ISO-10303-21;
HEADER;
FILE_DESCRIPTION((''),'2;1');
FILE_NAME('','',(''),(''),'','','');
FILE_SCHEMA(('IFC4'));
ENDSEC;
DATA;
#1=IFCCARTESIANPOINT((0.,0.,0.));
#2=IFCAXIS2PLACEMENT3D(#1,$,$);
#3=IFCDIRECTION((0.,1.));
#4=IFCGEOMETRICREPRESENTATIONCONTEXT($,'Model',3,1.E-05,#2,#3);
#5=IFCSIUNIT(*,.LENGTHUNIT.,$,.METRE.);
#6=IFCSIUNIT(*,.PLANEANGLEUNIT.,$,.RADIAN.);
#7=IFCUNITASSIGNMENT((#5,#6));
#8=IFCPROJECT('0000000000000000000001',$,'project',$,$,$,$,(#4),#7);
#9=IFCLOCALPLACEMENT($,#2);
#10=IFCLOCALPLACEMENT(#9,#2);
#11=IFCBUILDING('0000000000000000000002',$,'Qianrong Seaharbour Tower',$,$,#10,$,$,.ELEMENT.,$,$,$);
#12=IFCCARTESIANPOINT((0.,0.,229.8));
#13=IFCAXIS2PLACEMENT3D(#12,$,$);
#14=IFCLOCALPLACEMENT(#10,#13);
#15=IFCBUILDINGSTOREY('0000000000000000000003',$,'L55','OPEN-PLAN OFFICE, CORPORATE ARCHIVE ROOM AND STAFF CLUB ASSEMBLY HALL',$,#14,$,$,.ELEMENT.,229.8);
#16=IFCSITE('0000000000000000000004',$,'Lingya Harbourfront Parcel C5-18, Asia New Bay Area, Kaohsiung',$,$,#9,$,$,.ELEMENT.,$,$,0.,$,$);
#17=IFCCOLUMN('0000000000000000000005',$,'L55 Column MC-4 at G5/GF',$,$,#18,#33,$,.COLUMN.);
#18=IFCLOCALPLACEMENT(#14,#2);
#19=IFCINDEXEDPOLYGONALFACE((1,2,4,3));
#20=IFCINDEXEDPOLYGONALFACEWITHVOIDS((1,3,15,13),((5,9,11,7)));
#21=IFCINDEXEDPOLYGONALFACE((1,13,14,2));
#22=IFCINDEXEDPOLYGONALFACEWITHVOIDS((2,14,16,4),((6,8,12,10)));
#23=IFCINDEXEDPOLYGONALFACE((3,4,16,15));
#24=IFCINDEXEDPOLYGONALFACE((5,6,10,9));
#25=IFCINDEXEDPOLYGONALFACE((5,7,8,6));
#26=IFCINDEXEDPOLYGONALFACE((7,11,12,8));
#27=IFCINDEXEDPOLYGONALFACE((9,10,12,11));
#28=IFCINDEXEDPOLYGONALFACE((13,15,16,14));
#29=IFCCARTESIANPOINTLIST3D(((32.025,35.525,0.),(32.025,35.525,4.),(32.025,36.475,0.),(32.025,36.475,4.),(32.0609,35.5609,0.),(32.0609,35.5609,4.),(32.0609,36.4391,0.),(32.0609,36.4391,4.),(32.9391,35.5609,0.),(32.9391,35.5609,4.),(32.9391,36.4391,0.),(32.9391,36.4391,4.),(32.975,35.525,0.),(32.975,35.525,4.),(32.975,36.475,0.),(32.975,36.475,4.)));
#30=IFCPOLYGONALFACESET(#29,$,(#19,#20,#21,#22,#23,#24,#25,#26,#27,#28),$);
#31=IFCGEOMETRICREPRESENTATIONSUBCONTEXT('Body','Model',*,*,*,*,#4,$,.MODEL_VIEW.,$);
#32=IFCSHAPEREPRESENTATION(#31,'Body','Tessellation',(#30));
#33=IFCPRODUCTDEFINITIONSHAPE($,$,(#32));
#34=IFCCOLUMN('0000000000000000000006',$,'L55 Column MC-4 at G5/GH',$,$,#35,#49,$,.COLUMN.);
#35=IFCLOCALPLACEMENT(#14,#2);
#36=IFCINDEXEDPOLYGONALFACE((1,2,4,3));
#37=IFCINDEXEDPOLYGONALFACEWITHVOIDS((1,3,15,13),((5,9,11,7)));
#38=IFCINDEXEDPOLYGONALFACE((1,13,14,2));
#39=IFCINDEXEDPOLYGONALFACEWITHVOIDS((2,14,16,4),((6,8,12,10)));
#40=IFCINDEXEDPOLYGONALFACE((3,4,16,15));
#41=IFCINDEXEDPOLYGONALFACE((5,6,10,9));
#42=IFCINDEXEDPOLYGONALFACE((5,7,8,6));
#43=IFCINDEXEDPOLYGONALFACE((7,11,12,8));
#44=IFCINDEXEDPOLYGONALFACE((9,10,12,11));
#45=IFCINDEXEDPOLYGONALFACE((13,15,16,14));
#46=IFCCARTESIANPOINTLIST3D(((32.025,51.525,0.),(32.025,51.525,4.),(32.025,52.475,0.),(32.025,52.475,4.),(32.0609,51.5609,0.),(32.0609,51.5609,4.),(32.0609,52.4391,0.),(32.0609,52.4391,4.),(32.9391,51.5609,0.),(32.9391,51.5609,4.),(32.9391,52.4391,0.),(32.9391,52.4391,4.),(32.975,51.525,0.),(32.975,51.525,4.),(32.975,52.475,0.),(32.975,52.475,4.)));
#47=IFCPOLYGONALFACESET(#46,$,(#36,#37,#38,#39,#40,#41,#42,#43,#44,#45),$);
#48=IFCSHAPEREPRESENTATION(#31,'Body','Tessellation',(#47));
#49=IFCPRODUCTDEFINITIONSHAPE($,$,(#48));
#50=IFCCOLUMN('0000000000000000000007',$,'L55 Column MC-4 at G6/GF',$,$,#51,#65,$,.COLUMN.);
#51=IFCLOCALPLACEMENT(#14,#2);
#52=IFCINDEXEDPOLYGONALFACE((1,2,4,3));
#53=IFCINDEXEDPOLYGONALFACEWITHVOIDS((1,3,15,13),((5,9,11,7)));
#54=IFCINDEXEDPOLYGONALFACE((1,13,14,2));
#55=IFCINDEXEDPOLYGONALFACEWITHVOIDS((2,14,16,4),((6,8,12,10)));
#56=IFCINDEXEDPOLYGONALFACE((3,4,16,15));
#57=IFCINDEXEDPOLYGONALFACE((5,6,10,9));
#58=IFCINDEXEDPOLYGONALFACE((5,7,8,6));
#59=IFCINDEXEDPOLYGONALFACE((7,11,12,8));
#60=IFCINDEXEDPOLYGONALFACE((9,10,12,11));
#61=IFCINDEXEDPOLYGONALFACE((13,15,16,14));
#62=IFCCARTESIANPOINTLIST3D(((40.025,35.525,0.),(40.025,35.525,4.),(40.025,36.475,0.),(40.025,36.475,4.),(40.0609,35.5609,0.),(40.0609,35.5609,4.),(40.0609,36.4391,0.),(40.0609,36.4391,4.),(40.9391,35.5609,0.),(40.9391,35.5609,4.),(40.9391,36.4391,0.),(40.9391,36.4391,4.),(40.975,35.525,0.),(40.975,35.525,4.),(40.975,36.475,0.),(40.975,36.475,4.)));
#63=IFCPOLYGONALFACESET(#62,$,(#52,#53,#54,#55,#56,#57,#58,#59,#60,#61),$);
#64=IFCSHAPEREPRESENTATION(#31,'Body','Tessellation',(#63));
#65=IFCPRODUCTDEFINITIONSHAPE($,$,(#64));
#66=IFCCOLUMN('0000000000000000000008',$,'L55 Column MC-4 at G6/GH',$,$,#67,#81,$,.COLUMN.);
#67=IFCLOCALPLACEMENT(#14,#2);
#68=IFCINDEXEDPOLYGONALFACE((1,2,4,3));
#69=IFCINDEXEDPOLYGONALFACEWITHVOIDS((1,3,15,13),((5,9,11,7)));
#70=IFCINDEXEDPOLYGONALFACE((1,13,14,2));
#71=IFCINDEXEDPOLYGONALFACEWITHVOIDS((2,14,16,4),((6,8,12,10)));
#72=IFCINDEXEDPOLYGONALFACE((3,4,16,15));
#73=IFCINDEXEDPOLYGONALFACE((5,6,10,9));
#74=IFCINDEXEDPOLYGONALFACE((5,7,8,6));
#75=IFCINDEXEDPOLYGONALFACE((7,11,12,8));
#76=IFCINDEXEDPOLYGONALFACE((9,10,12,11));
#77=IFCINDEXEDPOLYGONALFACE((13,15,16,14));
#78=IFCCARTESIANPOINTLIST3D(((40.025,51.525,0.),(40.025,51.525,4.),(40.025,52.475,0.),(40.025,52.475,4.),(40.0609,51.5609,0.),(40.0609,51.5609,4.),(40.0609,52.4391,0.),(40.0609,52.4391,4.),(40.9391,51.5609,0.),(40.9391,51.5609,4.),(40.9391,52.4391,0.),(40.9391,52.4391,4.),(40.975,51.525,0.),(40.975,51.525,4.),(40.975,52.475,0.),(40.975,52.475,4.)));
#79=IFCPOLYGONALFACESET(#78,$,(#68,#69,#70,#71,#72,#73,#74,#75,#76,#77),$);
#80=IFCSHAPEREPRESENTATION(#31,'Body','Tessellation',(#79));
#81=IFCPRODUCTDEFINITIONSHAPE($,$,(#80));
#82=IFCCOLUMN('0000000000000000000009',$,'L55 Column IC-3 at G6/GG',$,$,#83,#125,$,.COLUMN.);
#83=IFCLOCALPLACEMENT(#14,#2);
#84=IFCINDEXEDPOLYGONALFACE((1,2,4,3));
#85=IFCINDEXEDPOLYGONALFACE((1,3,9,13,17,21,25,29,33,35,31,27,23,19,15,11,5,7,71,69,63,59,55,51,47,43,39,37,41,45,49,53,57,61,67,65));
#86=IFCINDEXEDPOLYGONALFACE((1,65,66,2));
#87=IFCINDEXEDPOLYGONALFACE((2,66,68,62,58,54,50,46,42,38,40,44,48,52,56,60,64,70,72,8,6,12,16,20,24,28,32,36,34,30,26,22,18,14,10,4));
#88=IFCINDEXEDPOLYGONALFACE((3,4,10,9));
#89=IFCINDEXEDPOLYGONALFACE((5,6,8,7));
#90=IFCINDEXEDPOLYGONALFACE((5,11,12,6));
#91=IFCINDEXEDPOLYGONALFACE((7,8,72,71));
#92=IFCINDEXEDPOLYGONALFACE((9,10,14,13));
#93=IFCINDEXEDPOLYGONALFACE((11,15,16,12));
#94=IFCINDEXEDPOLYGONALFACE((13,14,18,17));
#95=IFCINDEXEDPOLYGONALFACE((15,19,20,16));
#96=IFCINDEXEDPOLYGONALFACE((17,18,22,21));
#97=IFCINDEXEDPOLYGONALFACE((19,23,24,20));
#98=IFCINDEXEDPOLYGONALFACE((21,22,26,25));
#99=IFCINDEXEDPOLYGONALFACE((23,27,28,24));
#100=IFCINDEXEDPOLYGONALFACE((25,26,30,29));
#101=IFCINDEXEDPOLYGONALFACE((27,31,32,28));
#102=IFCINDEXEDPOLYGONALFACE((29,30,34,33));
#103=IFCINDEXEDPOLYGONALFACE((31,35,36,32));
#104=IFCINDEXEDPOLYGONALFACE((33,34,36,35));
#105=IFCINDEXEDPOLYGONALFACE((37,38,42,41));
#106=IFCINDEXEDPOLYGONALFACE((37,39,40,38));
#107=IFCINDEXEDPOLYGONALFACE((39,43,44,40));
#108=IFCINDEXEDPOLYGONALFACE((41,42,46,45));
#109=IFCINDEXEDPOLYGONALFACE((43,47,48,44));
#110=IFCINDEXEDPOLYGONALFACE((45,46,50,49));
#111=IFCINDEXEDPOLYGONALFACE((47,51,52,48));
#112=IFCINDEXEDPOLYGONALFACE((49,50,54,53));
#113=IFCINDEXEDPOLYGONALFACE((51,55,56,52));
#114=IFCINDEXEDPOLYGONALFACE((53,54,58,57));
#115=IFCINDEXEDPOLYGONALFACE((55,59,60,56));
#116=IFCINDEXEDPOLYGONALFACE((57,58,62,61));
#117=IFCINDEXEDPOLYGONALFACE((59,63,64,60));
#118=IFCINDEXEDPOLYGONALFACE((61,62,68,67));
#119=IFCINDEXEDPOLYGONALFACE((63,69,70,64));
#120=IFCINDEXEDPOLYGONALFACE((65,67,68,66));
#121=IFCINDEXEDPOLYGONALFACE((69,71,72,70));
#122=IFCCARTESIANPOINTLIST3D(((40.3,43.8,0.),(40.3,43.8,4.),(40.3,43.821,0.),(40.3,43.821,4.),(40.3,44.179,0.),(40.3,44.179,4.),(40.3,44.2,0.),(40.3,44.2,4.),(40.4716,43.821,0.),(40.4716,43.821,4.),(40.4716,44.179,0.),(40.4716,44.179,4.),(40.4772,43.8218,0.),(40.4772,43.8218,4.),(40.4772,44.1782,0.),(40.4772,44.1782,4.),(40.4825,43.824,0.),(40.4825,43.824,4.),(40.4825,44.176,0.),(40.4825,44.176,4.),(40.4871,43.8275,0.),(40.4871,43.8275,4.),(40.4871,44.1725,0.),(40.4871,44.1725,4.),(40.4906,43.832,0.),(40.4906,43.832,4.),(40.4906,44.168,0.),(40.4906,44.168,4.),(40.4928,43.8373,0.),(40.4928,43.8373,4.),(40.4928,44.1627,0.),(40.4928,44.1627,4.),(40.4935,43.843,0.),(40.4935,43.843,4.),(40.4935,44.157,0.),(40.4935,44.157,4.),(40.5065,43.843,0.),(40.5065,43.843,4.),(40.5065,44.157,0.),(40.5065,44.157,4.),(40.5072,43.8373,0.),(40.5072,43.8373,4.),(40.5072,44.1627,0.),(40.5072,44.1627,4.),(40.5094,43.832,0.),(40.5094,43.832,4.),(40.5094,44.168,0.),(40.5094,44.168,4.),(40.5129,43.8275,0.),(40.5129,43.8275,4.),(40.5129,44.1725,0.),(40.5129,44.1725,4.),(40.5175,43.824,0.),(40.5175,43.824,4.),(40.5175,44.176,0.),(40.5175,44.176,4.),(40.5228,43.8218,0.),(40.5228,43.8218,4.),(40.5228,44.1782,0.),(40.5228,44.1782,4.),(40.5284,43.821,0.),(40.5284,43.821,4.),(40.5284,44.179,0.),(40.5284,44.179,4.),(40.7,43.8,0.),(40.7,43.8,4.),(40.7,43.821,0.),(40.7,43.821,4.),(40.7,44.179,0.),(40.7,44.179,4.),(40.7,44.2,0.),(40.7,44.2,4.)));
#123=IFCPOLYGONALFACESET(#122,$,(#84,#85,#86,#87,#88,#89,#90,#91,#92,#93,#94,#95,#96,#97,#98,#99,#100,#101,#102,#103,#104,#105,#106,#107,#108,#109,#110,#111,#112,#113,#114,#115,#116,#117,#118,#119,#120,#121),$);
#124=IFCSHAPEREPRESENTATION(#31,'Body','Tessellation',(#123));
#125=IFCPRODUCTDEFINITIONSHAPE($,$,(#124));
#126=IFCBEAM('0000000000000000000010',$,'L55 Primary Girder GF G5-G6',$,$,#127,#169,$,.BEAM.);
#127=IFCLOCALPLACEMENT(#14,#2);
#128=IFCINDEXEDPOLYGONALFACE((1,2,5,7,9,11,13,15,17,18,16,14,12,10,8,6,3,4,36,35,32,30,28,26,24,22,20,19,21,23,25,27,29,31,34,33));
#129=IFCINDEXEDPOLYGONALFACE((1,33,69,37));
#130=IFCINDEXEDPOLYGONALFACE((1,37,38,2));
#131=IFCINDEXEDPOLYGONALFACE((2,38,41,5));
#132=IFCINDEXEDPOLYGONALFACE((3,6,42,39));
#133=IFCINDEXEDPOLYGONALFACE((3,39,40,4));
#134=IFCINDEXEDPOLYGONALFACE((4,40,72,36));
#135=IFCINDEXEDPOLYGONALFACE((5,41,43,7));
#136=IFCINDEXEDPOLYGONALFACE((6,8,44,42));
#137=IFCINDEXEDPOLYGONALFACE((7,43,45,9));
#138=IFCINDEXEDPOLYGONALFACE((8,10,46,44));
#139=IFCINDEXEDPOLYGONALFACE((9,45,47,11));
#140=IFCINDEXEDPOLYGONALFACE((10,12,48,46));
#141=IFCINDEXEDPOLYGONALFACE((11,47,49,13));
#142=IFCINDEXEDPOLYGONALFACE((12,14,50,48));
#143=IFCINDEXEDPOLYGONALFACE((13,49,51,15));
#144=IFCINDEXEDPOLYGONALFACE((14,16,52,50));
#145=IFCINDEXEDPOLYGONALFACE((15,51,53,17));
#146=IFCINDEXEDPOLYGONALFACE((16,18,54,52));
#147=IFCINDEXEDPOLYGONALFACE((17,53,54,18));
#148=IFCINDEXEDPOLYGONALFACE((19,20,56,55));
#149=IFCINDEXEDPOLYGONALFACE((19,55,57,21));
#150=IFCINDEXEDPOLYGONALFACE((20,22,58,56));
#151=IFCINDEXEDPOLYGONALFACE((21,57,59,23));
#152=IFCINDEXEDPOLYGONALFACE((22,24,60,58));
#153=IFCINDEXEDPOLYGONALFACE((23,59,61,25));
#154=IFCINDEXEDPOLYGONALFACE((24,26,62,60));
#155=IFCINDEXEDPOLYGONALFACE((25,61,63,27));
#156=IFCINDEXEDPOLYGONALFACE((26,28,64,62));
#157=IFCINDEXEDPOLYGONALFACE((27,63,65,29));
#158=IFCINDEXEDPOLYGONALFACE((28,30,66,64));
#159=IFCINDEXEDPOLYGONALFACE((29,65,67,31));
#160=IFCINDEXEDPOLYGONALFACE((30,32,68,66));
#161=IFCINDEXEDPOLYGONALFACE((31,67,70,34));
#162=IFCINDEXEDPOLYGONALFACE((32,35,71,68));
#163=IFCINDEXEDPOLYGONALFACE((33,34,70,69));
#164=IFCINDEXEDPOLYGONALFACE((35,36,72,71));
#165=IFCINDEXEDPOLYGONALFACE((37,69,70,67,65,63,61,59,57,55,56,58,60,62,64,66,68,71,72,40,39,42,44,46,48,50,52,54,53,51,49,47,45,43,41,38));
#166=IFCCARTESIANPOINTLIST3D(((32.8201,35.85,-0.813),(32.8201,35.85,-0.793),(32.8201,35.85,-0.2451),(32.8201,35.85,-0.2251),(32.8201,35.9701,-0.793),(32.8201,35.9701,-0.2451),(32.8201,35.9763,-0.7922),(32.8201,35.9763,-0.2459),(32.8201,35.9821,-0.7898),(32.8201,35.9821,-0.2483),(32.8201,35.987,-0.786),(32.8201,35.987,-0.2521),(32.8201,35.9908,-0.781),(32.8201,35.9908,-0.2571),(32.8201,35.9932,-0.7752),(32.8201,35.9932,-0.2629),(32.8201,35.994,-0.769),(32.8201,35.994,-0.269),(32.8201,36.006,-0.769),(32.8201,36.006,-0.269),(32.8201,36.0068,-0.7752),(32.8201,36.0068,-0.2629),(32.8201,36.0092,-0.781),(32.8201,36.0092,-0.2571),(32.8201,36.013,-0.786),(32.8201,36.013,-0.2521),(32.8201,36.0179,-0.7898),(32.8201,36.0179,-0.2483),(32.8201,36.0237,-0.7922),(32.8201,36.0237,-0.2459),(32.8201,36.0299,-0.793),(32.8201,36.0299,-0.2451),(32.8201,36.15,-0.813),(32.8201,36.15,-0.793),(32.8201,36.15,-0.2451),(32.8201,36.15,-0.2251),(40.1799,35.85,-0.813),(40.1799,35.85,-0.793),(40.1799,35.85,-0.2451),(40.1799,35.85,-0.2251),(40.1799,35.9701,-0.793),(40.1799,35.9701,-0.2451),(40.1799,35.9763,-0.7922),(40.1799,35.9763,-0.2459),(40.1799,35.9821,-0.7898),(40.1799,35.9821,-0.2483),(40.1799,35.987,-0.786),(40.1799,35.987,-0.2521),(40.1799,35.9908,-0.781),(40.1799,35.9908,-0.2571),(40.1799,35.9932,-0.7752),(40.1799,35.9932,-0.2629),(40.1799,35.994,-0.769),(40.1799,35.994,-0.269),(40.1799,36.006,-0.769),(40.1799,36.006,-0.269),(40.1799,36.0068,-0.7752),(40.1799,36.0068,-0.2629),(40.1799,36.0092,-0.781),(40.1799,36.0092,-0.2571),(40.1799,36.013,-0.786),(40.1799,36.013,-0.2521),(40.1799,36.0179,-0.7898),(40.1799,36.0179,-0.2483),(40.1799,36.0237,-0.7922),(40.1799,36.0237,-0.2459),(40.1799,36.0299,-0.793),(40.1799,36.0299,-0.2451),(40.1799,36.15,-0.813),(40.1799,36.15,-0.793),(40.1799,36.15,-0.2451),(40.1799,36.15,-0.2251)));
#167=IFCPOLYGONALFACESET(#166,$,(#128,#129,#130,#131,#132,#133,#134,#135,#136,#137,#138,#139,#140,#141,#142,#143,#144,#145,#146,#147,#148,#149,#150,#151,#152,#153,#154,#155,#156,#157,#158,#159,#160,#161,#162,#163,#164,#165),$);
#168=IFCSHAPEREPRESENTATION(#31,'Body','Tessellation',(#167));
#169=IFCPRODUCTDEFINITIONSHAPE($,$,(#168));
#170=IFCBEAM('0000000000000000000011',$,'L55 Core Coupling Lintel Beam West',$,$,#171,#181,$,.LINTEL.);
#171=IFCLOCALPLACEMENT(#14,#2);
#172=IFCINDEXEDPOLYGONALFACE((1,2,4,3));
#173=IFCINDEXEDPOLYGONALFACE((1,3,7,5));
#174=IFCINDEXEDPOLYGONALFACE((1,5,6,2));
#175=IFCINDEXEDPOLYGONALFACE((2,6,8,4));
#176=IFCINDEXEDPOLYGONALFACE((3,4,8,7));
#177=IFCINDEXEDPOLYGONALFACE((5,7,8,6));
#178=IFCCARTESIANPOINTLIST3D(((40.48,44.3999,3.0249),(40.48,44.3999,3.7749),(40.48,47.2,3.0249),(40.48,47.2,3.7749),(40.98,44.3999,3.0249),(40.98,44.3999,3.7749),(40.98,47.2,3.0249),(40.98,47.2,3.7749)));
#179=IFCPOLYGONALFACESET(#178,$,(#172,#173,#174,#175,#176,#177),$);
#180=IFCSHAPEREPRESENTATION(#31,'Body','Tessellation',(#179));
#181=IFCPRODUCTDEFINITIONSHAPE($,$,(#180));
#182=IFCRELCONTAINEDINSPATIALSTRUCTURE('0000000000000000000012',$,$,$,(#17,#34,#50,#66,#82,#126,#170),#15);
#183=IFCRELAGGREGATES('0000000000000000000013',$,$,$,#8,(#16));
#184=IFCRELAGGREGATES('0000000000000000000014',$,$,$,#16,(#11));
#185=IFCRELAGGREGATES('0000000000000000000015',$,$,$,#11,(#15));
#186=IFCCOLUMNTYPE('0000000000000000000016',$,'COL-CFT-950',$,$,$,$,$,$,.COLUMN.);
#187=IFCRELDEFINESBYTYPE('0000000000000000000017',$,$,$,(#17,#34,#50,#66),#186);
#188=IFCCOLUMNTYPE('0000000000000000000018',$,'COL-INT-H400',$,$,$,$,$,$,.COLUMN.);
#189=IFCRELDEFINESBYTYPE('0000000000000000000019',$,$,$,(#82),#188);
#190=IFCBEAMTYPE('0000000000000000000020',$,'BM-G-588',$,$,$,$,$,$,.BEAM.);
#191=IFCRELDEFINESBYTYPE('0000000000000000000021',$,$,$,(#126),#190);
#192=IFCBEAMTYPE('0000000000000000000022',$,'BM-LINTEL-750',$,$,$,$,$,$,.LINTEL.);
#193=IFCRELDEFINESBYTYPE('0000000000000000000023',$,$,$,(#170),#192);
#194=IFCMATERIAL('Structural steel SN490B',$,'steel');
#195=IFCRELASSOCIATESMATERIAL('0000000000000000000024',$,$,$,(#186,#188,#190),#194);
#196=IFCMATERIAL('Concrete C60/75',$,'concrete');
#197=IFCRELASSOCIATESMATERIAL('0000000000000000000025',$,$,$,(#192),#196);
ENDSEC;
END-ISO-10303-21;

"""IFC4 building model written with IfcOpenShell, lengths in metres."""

from ifc_helpers import new_model, si_unit, direction, frame, origin, origin_2d, place, context, subcontext, project, spatial, rectangle, hollow_rectangle, i_section, extrude, material, material_profile, profile_set, type_object, element, save


model = new_model("IFC4")

# Units and contexts
model_context = context("Model", 3, precision=1e-05, world=origin(), true_north=direction((0.0, 1.0)))
body_context = subcontext(model_context, "Body", "Model", "MODEL_VIEW")
ifc_project = project(units=[si_unit("LENGTHUNIT", "METRE"), si_unit("PLANEANGLEUNIT", "RADIAN")], contexts=[model_context])

# Site, building, storey
site_placement = place(None, origin())
site = spatial("IfcSite", under=ifc_project, at=site_placement, Name="Lingya Harbourfront Parcel C5-18, Asia New Bay Area, Kaohsiung", CompositionType="ELEMENT", RefElevation=0.0)
building_placement = place(site_placement, origin())
building = spatial("IfcBuilding", under=site, at=building_placement, Name="Qianrong Seaharbour Tower", CompositionType="ELEMENT")
storey_placement = place(building_placement, frame((0.0, 0.0, 229.8)))
storey = spatial("IfcBuildingStorey", under=building, at=storey_placement, Name="L55", Description="OPEN-PLAN OFFICE, CORPORATE ARCHIVE ROOM AND STAFF CLUB ASSEMBLY HALL", CompositionType="ELEMENT", Elevation=229.8)

# Columns
ifc_material_1 = material(Name="Structural steel SN490B", Category="steel")
ifc_material_profile_1 = material_profile(ifc_material_1, hollow_rectangle(XDim=0.95, YDim=0.95, WallThickness=0.0359, at=origin_2d()), Name="BOX950x950x36")
ifc_profile_set_1 = profile_set([ifc_material_profile_1], Name="Structural steel SN490B")
column_type_1 = type_object("IfcColumnType", Name="COL-CFT-950", PredefinedType="COLUMN", material=ifc_profile_set_1)
for number, where, z_axis, x_axis, name in (
    (1, (32.5, 36.0, 0.0), (0.0, 0.0, 1.0), (1.0, 0.0, 0.0), "L55 Column MC-4 at G5/GF"),
    (2, (32.5, 52.0, 0.0), (0.0, 0.0, 1.0), (1.0, 0.0, 0.0), "L55 Column MC-4 at G5/GH"),
    (3, (40.5, 36.0, 0.0), (0.0, 0.0, 1.0), (1.0, 0.0, 0.0), "L55 Column MC-4 at G6/GF"),
    (4, (40.5, 52.0, 0.0), (0.0, 0.0, 1.0), (1.0, 0.0, 0.0), "L55 Column MC-4 at G6/GH"),
):
    element("IfcColumn", number, at=place(storey_placement, frame(where, z_axis=z_axis, x_axis=x_axis)), inside=storey, type_object=column_type_1, Name=name, PredefinedType="COLUMN", context=body_context, shape_type="SweptSolid", body=[
        extrude(hollow_rectangle(XDim=0.95, YDim=0.95, WallThickness=0.0359, at=origin_2d()), origin(), (0.0, 0.0, 1.0), 4.0),
    ])
ifc_material_profile_2 = material_profile(ifc_material_1, i_section(OverallWidth=0.3999, OverallDepth=0.3999, WebThickness=0.0129, FlangeThickness=0.021, FilletRadius=0.022, at=origin_2d()), Name="H400x400x13x21")
ifc_profile_set_2 = profile_set([ifc_material_profile_2], Name="Structural steel SN490B")
column_type_2 = type_object("IfcColumnType", Name="COL-INT-H400", PredefinedType="COLUMN", material=ifc_profile_set_2)
column_placement = place(storey_placement, frame((40.5, 44.0, 0.0), z_axis=(0.0, 0.0, 1.0), x_axis=(1.0, 0.0, 0.0)))
element("IfcColumn", 5, at=column_placement, inside=storey, type_object=column_type_2, Name="L55 Column IC-3 at G6/GG", PredefinedType="COLUMN", context=body_context, shape_type="SweptSolid", body=[
    extrude(i_section(OverallWidth=0.3999, OverallDepth=0.3999, WebThickness=0.0129, FlangeThickness=0.021, FilletRadius=0.022, at=origin_2d()), origin(), (0.0, 0.0, 1.0), 4.0),
])

# Beams
ifc_material_profile_3 = material_profile(ifc_material_1, i_section(OverallWidth=0.3, OverallDepth=0.5879, WebThickness=0.012, FlangeThickness=0.02, FilletRadius=0.0239, at=origin_2d()), Name="H588x300x12x20")
ifc_profile_set_3 = profile_set([ifc_material_profile_3], Name="Structural steel SN490B")
beam_type_1 = type_object("IfcBeamType", Name="BM-G-588", PredefinedType="BEAM", material=ifc_profile_set_3)
beam_1_placement = place(storey_placement, frame((32.8201, 36.0, -0.519), z_axis=(1.0, 0.0, 0.0), x_axis=(0.0, 1.0, 0.0)))
element("IfcBeam", 6, at=beam_1_placement, inside=storey, type_object=beam_type_1, Name="L55 Primary Girder GF G5-G6", PredefinedType="BEAM", context=body_context, shape_type="SweptSolid", body=[
    extrude(i_section(OverallWidth=0.3, OverallDepth=0.5879, WebThickness=0.012, FlangeThickness=0.02, FilletRadius=0.0239, at=origin_2d()), origin(), (0.0, 0.0, 1.0), 7.3599),
])
ifc_material_2 = material(Name="Concrete C60/75", Category="concrete")
ifc_material_profile_4 = material_profile(ifc_material_2, rectangle(XDim=0.5, YDim=0.75, at=origin_2d()), Name="RC500x750")
ifc_profile_set_4 = profile_set([ifc_material_profile_4], Name="Concrete C60/75")
beam_type_2 = type_object("IfcBeamType", Name="BM-LINTEL-750", PredefinedType="LINTEL", material=ifc_profile_set_4)
beam_2_placement = place(storey_placement, frame((40.73, 44.3999, 3.3999), z_axis=(0.0, 1.0, 0.0), x_axis=(-1.0, 0.0, 0.0)))
element("IfcBeam", 7, at=beam_2_placement, inside=storey, type_object=beam_type_2, Name="L55 Core Coupling Lintel Beam West", PredefinedType="LINTEL", context=body_context, shape_type="SweptSolid", body=[
    extrude(rectangle(XDim=0.5, YDim=0.75, at=origin_2d()), origin(), (0.0, 0.0, 1.0), 2.8),
])

save(model, "model.ifc")
